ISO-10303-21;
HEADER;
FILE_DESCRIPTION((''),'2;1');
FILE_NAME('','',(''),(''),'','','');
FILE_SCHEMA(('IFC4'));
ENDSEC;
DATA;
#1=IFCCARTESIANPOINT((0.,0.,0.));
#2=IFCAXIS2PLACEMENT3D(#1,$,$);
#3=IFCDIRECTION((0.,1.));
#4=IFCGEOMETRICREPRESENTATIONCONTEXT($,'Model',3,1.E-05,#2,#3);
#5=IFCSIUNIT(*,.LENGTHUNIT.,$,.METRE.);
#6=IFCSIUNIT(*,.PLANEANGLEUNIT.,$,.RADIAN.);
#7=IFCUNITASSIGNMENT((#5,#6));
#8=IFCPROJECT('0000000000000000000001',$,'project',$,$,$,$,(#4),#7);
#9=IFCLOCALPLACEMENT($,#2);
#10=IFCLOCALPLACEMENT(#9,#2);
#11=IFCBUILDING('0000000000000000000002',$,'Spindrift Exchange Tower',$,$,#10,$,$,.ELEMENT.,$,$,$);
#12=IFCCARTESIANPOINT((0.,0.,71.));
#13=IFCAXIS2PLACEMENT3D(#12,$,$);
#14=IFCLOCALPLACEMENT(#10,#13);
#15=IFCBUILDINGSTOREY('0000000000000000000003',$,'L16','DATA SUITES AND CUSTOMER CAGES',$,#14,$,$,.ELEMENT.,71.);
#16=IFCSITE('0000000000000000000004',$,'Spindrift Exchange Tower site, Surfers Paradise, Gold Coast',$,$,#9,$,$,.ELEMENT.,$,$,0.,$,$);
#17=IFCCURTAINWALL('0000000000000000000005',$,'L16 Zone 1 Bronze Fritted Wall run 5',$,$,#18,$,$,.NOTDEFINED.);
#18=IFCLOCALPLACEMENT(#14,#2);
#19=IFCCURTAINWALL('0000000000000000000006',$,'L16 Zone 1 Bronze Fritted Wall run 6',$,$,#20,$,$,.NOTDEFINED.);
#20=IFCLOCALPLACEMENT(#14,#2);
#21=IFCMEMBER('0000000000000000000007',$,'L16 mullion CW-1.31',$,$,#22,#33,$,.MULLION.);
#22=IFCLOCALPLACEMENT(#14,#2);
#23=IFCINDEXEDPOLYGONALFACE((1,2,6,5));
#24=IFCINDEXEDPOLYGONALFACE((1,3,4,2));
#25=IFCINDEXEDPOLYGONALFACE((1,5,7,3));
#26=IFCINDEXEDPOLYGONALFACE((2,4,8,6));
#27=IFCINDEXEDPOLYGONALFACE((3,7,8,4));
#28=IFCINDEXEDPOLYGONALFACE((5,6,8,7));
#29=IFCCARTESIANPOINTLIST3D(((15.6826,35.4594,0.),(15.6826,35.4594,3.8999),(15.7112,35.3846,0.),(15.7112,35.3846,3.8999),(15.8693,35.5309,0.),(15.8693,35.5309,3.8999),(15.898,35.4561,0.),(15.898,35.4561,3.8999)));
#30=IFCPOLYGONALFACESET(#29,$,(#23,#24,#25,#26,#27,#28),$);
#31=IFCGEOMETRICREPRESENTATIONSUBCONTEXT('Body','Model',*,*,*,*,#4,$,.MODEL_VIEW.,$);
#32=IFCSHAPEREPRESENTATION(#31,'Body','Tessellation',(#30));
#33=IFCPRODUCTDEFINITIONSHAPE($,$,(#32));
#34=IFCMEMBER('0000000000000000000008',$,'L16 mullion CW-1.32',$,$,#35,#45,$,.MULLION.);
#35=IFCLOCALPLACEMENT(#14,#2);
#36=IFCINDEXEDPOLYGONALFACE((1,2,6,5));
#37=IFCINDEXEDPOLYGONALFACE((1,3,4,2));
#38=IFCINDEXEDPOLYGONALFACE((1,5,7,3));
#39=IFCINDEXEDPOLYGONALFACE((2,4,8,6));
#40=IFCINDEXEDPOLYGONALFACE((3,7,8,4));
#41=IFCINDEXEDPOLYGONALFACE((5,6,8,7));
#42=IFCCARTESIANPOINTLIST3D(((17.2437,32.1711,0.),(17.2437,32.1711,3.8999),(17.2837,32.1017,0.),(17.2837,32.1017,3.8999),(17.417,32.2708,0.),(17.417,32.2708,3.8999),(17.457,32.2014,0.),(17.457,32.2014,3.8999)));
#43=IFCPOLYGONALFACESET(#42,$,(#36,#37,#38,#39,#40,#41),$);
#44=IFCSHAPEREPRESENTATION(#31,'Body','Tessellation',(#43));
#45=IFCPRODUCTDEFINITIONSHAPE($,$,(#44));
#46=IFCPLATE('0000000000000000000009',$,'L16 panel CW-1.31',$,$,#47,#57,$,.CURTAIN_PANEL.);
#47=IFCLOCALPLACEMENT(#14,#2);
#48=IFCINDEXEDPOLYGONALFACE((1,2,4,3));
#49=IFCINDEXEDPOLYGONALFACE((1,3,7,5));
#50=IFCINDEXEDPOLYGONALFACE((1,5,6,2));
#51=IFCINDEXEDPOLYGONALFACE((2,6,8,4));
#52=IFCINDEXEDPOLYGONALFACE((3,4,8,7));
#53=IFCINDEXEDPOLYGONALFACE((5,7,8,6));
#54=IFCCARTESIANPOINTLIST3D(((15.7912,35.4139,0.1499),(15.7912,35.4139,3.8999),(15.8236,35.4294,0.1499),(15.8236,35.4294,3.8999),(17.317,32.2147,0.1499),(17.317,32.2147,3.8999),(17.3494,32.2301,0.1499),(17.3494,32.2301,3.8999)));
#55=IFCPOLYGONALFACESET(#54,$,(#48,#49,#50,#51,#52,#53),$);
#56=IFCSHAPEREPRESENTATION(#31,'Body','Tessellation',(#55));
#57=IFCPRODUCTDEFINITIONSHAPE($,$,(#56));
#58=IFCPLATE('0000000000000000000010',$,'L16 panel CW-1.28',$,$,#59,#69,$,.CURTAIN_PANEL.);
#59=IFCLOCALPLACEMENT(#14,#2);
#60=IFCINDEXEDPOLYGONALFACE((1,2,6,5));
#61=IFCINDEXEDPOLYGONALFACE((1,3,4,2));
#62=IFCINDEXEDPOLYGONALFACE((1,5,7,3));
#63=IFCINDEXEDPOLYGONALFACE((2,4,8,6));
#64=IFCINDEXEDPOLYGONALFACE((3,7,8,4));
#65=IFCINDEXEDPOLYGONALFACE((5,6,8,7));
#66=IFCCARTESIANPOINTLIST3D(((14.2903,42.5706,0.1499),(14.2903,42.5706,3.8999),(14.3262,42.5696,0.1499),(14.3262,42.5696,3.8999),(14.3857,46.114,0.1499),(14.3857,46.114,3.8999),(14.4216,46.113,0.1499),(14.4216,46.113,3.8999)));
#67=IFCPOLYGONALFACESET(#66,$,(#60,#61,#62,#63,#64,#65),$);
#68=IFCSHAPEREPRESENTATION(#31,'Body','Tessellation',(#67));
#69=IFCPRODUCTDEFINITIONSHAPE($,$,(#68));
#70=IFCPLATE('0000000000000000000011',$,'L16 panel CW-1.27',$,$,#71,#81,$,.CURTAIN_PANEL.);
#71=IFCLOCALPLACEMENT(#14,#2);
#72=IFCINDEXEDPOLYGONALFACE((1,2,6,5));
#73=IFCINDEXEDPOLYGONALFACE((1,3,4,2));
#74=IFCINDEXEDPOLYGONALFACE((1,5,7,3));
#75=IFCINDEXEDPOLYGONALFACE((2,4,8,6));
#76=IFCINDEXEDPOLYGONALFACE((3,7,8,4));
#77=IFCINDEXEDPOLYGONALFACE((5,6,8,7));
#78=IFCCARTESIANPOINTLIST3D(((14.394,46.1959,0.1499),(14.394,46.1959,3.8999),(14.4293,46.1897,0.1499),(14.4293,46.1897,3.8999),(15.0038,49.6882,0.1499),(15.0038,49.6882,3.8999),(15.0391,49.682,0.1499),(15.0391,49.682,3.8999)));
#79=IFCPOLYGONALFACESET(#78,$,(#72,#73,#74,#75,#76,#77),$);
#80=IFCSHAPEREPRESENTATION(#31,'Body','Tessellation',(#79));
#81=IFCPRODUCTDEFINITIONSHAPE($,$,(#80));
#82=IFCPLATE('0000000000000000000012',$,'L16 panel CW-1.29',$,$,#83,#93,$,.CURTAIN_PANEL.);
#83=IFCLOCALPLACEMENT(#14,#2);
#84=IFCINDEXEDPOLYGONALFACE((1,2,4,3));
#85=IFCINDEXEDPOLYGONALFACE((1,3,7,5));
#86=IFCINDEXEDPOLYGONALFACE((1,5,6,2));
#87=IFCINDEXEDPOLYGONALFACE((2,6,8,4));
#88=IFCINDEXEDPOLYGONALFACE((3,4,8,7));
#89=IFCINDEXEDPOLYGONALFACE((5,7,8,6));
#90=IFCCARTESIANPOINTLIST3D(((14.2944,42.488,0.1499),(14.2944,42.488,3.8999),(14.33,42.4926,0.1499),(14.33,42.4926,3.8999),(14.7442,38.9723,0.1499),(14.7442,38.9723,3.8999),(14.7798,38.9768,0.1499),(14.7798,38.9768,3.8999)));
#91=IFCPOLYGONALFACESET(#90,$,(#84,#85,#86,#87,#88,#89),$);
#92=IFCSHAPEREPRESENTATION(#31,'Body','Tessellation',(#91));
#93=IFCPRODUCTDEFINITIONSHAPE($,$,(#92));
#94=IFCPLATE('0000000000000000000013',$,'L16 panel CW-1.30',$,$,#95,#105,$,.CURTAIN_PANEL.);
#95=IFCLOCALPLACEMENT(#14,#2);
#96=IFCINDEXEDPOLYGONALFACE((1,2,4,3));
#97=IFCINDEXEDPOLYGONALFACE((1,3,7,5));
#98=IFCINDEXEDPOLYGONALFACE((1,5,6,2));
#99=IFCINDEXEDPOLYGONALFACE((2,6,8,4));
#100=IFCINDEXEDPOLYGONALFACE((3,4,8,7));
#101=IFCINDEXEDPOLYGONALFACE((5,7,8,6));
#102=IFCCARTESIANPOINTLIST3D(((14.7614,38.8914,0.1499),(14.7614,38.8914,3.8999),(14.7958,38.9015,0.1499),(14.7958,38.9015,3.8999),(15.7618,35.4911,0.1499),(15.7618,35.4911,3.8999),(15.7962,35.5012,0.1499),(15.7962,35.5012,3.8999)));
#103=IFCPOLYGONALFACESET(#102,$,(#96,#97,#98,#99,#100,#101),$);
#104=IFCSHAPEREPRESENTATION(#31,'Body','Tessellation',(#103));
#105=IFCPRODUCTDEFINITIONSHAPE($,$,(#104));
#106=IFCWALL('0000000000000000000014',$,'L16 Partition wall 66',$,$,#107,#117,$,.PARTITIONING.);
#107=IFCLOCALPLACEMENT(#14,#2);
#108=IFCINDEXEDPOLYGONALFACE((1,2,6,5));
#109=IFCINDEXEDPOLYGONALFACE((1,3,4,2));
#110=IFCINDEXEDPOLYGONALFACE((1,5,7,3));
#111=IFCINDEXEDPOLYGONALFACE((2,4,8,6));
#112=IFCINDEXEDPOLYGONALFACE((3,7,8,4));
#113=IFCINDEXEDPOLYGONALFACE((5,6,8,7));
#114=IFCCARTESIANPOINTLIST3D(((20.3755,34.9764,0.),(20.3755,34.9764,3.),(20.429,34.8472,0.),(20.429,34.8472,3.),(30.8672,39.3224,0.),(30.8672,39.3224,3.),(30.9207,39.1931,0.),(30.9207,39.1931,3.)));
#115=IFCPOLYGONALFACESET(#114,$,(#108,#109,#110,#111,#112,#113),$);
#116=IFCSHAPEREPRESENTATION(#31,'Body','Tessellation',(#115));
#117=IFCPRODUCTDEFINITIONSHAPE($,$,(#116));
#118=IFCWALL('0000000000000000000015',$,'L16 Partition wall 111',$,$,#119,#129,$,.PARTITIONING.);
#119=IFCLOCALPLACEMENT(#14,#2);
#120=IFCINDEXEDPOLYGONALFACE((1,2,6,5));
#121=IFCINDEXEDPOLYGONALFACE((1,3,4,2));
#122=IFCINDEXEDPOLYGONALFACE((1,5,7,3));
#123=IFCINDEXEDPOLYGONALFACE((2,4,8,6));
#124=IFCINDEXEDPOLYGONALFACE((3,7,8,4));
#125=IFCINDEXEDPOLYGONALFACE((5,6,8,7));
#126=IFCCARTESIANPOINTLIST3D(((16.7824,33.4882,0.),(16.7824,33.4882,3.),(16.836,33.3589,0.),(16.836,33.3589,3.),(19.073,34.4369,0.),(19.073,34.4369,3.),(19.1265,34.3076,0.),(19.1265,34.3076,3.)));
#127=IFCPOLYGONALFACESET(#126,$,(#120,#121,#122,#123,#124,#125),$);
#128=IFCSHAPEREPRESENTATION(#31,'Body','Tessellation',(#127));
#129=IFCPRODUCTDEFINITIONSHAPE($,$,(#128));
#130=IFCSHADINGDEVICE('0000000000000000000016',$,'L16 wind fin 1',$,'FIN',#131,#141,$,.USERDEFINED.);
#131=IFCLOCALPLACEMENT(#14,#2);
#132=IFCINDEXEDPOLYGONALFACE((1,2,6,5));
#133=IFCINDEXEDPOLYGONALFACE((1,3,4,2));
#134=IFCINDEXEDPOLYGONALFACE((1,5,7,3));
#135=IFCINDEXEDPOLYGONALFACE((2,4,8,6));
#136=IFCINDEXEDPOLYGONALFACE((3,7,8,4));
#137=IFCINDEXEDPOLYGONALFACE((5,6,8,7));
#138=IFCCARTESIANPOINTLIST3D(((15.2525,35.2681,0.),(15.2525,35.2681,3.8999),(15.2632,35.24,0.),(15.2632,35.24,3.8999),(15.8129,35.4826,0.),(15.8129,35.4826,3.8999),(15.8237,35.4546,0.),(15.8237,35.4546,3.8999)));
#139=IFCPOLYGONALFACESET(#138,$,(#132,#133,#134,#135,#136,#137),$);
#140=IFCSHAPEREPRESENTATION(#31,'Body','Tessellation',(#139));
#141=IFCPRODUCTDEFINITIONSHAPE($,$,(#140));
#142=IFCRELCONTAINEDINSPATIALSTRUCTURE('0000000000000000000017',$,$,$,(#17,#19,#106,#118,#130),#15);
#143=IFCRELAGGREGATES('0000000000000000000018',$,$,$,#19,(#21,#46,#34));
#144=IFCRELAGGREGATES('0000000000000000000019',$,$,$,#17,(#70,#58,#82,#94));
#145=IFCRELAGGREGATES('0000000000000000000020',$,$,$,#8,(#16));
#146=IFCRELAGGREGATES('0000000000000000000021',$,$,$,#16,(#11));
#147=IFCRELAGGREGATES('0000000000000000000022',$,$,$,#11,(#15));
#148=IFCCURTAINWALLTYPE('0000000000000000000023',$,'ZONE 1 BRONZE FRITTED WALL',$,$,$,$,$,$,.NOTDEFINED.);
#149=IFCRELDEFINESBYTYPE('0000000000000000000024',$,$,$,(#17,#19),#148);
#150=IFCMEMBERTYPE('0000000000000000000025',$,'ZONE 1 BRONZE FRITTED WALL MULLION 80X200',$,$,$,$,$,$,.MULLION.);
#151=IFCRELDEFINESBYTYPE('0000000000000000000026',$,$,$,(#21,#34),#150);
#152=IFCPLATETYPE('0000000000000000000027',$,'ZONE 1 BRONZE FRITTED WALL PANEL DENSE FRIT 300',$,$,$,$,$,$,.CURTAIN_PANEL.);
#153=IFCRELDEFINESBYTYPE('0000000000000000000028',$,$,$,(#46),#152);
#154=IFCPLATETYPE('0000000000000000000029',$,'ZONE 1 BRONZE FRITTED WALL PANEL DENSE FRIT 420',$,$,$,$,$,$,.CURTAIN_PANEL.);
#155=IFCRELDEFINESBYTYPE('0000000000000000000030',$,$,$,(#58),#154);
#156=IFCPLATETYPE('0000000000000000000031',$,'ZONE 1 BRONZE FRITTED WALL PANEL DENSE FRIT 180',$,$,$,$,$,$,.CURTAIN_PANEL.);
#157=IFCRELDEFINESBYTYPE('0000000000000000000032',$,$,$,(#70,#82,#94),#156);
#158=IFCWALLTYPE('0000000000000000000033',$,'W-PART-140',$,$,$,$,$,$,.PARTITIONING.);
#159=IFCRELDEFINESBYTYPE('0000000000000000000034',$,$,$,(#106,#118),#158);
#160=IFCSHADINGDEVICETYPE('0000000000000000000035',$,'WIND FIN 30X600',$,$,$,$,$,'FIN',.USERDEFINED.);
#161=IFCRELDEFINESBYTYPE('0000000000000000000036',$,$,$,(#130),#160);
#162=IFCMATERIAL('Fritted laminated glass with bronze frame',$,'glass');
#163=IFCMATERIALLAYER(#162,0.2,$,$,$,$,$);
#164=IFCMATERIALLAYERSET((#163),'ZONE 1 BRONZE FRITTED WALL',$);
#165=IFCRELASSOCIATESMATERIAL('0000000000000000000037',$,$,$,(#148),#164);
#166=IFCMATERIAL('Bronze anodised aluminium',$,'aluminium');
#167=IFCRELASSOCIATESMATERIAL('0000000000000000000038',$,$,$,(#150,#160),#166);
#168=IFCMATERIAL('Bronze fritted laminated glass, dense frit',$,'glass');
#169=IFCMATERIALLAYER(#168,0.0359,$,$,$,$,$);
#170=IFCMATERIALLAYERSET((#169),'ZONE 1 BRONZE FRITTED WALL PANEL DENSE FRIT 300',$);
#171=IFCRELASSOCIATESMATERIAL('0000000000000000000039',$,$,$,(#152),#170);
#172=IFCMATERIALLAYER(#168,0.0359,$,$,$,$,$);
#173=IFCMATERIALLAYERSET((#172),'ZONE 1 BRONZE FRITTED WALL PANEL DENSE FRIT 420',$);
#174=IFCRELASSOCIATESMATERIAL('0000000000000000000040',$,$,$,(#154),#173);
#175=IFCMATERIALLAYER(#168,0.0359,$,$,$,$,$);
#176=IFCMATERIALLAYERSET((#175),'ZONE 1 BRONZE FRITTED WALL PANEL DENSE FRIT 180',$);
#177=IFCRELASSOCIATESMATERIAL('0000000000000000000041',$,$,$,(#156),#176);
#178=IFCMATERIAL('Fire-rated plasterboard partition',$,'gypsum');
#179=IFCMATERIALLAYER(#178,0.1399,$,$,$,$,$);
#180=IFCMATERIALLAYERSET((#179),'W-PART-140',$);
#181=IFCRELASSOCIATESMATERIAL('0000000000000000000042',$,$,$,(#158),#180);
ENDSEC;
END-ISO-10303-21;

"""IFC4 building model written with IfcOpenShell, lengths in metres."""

from ifc_helpers import new_model, si_unit, direction, frame, frame_2d, origin, origin_2d, place, context, subcontext, project, spatial, rectangle, extrude, source, transform, mapped, material, layer, layer_set, material_profile, profile_set, type_object, element, aggregate, save


model = new_model("IFC4")

# Units and contexts
model_context = context("Model", 3, precision=1e-05, world=origin(), true_north=direction((0.0, 1.0)))
body_context = subcontext(model_context, "Body", "Model", "MODEL_VIEW")
ifc_project = project(units=[si_unit("LENGTHUNIT", "METRE"), si_unit("PLANEANGLEUNIT", "RADIAN")], contexts=[model_context])

# Site, building, storey
site_placement = place(None, origin())
site = spatial("IfcSite", under=ifc_project, at=site_placement, Name="Spindrift Exchange Tower site, Surfers Paradise, Gold Coast", CompositionType="ELEMENT", RefElevation=0.0)
building_placement = place(site_placement, origin())
building = spatial("IfcBuilding", under=site, at=building_placement, Name="Spindrift Exchange Tower", CompositionType="ELEMENT")
storey_placement = place(building_placement, frame((0.0, 0.0, 71.0)))
storey = spatial("IfcBuildingStorey", under=building, at=storey_placement, Name="L16", Description="DATA SUITES AND CUSTOMER CAGES", CompositionType="ELEMENT", Elevation=71.0)

# Curtain wall
ifc_material_1 = material(Name="Fritted laminated glass with bronze frame", Category="glass")
ifc_layer_1 = layer(ifc_material_1, 0.2)
ifc_layer_set_1 = layer_set([ifc_layer_1], Name="ZONE 1 BRONZE FRITTED WALL")
curtain_wall_type = type_object("IfcCurtainWallType", Name="ZONE 1 BRONZE FRITTED WALL", PredefinedType="NOTDEFINED", material=ifc_layer_set_1)
curtain_wall_1_placement = place(storey_placement, origin())
curtain_wall_1 = element("IfcCurtainWall", 1, at=curtain_wall_1_placement, inside=storey, type_object=curtain_wall_type, Name="L16 Zone 1 Bronze Fritted Wall run 5", PredefinedType="NOTDEFINED")
ifc_material_2 = material(Name="Bronze anodised aluminium", Category="aluminium")

# Curtain wall
curtain_wall_2_placement = place(storey_placement, origin())
curtain_wall_2 = element("IfcCurtainWall", 2, at=curtain_wall_2_placement, inside=storey, type_object=curtain_wall_type, Name="L16 Zone 1 Bronze Fritted Wall run 6", PredefinedType="NOTDEFINED")

# Members
ifc_material_profile_1 = material_profile(ifc_material_2, rectangle(XDim=0.0801, YDim=0.2, at=origin_2d()), Name="ZONE 1 BRONZE FRITTED WALL MULLION 80X200")
ifc_profile_set_1 = profile_set([ifc_material_profile_1], Name="Bronze anodised aluminium")
member_type_1 = type_object("IfcMemberType", Name="ZONE 1 BRONZE FRITTED WALL MULLION 80X200", PredefinedType="MULLION", material=ifc_profile_set_1)
shared_shape_1 = source(origin(), body_context, "Body", "SweptSolid", [
    extrude(rectangle(XDim=0.0801, YDim=0.2, at=origin_2d()), origin(), (0.0, 0.0, 1.0), 3.8999),
])
member_1_placement = place(storey_placement, frame((15.7903, 35.4578, 0.0), z_axis=(0.0, 0.0, 1.0), x_axis=(0.357485, -0.933919, 0.0)))
member_1 = element("IfcMember", 3, at=member_1_placement, type_object=member_type_1, Name="L16 mullion CW-1.31", PredefinedType="MULLION", context=body_context, shape_type="MappedRepresentation", body=[
    mapped(shared_shape_1, transform((0.0, 0.0, 0.0), scale=1.0)),
])
member_2_placement = place(storey_placement, frame((17.3503, 32.1863, 0.0), z_axis=(0.0, 0.0, 1.0), x_axis=(0.498701, -0.866774, 0.0)))
member_2 = element("IfcMember", 4, at=member_2_placement, type_object=member_type_1, Name="L16 mullion CW-1.32", PredefinedType="MULLION", context=body_context, shape_type="MappedRepresentation", body=[
    mapped(shared_shape_1, transform((0.0, 0.0, 0.0), scale=1.0)),
])

# Plates
ifc_material_3 = material(Name="Bronze fritted laminated glass, dense frit", Category="glass")
ifc_layer_2 = layer(ifc_material_3, 0.0359)
ifc_layer_set_2 = layer_set([ifc_layer_2], Name="ZONE 1 BRONZE FRITTED WALL PANEL DENSE FRIT 300")
plate_type_1 = type_object("IfcPlateType", Name="ZONE 1 BRONZE FRITTED WALL PANEL DENSE FRIT 300", PredefinedType="CURTAIN_PANEL", material=ifc_layer_set_2)
shared_shape_2 = source(origin(), body_context, "Body", "SweptSolid", [
    extrude(rectangle(XDim=3.5444, YDim=0.0359, at=origin_2d()), origin(), (0.0, 0.0, 1.0), 3.75),
])
plate_1_placement = place(storey_placement, frame((16.5703, 33.822, 0.1499), z_axis=(0.0, 0.0, 1.0), x_axis=(0.430461, -0.902609, 0.0)))
plate_1 = element("IfcPlate", 5, at=plate_1_placement, type_object=plate_type_1, Name="L16 panel CW-1.31", PredefinedType="CURTAIN_PANEL", context=body_context, shape_type="MappedRepresentation", body=[
    mapped(shared_shape_2, transform((0.0, 0.0, 0.0), scale=1.0)),
])
aggregate(curtain_wall_2, [member_1, plate_1, member_2])
ifc_layer_3 = layer(ifc_material_3, 0.0359)
ifc_layer_set_3 = layer_set([ifc_layer_3], Name="ZONE 1 BRONZE FRITTED WALL PANEL DENSE FRIT 420")
plate_type_2 = type_object("IfcPlateType", Name="ZONE 1 BRONZE FRITTED WALL PANEL DENSE FRIT 420", PredefinedType="CURTAIN_PANEL", material=ifc_layer_set_3)
shared_shape_3 = source(origin(), body_context, "Body", "SweptSolid", [
    extrude(rectangle(XDim=3.5447, YDim=0.0359, at=origin_2d()), origin(), (0.0, 0.0, 1.0), 3.75),
])
plate_2_placement = place(storey_placement, frame((14.356, 44.3418, 0.1499), z_axis=(0.0, 0.0, 1.0), x_axis=(-0.026925, -0.999637, 0.0)))
plate_2 = element("IfcPlate", 6, at=plate_2_placement, type_object=plate_type_2, Name="L16 panel CW-1.28", PredefinedType="CURTAIN_PANEL", context=body_context, shape_type="MappedRepresentation", body=[
    mapped(shared_shape_3, transform((0.0, 0.0, 0.0), scale=1.0)),
])
ifc_layer_4 = layer(ifc_material_3, 0.0359)
ifc_layer_set_4 = layer_set([ifc_layer_4], Name="ZONE 1 BRONZE FRITTED WALL PANEL DENSE FRIT 180")
plate_type_3 = type_object("IfcPlateType", Name="ZONE 1 BRONZE FRITTED WALL PANEL DENSE FRIT 180", PredefinedType="CURTAIN_PANEL", material=ifc_layer_set_4)
shared_shape_4 = source(origin(), body_context, "Body", "SweptSolid", [
    extrude(rectangle(XDim=3.5452, YDim=0.0359, at=origin_2d()), origin(), (0.0, 0.0, 1.0), 3.75),
])
plate_3_placement = place(storey_placement, frame((14.7166, 47.939, 0.1499), z_axis=(0.0, 0.0, 1.0), x_axis=(-0.172017, -0.985094, 0.0)))
plate_3 = element("IfcPlate", 7, at=plate_3_placement, type_object=plate_type_3, Name="L16 panel CW-1.27", PredefinedType="CURTAIN_PANEL", context=body_context, shape_type="MappedRepresentation", body=[
    mapped(shared_shape_4, transform((0.0, 0.0, 0.0), scale=1.0)),
])
shared_shape_5 = source(origin(), body_context, "Body", "SweptSolid", [
    extrude(rectangle(XDim=3.5444, YDim=0.0359, at=origin_2d()), origin(), (0.0, 0.0, 1.0), 3.75),
])
plate_4_placement = place(storey_placement, frame((14.5371, 40.7324, 0.1499), z_axis=(0.0, 0.0, 1.0), x_axis=(0.126914, -0.991914, 0.0)))
plate_4 = element("IfcPlate", 8, at=plate_4_placement, type_object=plate_type_3, Name="L16 panel CW-1.29", PredefinedType="CURTAIN_PANEL", context=body_context, shape_type="MappedRepresentation", body=[
    mapped(shared_shape_5, transform((0.0, 0.0, 0.0), scale=1.0)),
])
plate_5_placement = place(storey_placement, frame((15.2788, 37.1963, 0.1499), z_axis=(0.0, 0.0, 1.0), x_axis=(0.282256, -0.959339, 0.0)))
plate_5 = element("IfcPlate", 9, at=plate_5_placement, type_object=plate_type_3, Name="L16 panel CW-1.30", PredefinedType="CURTAIN_PANEL", context=body_context, shape_type="MappedRepresentation", body=[
    mapped(shared_shape_5, transform((0.0, 0.0, 0.0), scale=1.0)),
])
aggregate(curtain_wall_1, [plate_3, plate_2, plate_4, plate_5])

# Walls
ifc_material_4 = material(Name="Fire-rated plasterboard partition", Category="gypsum")
ifc_layer_5 = layer(ifc_material_4, 0.1399)
ifc_layer_set_5 = layer_set([ifc_layer_5], Name="W-PART-140")
wall_type = type_object("IfcWallType", Name="W-PART-140", PredefinedType="PARTITIONING", material=ifc_layer_set_5)
wall_1_placement = place(storey_placement, frame((30.894, 39.2578, 0.0), z_axis=(0.0, 0.0, 1.0), x_axis=(-0.923875, -0.382694, 0.0)))
element("IfcWall", 10, at=wall_1_placement, inside=storey, type_object=wall_type, Name="L16 Partition wall 66", PredefinedType="PARTITIONING", context=body_context, shape_type="SweptSolid", body=[
    extrude(rectangle(XDim=11.3562, YDim=0.1399, at=frame_2d((5.6782, 0.0))), origin(), (0.0, 0.0, 1.0), 3.0),
])
wall_2_placement = place(storey_placement, frame((19.0999, 34.3723, 0.0), z_axis=(0.0, 0.0, 1.0), x_axis=(-0.923885, -0.382671, 0.0)))
element("IfcWall", 11, at=wall_2_placement, inside=storey, type_object=wall_type, Name="L16 Partition wall 111", PredefinedType="PARTITIONING", context=body_context, shape_type="SweptSolid", body=[
    extrude(rectangle(XDim=2.4792, YDim=0.1399, at=frame_2d((1.2397, 0.0))), origin(), (0.0, 0.0, 1.0), 3.0),
])

# Shading device
ifc_material_profile_2 = material_profile(ifc_material_2, rectangle(XDim=0.03, YDim=0.6001, at=origin_2d()), Name="WIND FIN 30X600")
ifc_profile_set_2 = profile_set([ifc_material_profile_2], Name="Bronze anodised aluminium")
shading_device_type = type_object("IfcShadingDeviceType", Name="WIND FIN 30X600", ElementType="FIN", PredefinedType="USERDEFINED", material=ifc_profile_set_2)
shared_shape_6 = source(origin(), body_context, "Body", "SweptSolid", [
    extrude(rectangle(XDim=0.03, YDim=0.6001, at=origin_2d()), origin(), (0.0, 0.0, 1.0), 3.8999),
])
shading_device_placement = place(storey_placement, frame((15.5381, 35.3613, 0.0), z_axis=(0.0, 0.0, 1.0), x_axis=(0.357485, -0.933919, 0.0)))
element("IfcShadingDevice", 12, at=shading_device_placement, inside=storey, type_object=shading_device_type, Name="L16 wind fin 1", ObjectType="FIN", PredefinedType="USERDEFINED", context=body_context, shape_type="MappedRepresentation", body=[
    mapped(shared_shape_6, transform((0.0, 0.0, 0.0), scale=1.0)),
])

save(model, "model.ifc")
